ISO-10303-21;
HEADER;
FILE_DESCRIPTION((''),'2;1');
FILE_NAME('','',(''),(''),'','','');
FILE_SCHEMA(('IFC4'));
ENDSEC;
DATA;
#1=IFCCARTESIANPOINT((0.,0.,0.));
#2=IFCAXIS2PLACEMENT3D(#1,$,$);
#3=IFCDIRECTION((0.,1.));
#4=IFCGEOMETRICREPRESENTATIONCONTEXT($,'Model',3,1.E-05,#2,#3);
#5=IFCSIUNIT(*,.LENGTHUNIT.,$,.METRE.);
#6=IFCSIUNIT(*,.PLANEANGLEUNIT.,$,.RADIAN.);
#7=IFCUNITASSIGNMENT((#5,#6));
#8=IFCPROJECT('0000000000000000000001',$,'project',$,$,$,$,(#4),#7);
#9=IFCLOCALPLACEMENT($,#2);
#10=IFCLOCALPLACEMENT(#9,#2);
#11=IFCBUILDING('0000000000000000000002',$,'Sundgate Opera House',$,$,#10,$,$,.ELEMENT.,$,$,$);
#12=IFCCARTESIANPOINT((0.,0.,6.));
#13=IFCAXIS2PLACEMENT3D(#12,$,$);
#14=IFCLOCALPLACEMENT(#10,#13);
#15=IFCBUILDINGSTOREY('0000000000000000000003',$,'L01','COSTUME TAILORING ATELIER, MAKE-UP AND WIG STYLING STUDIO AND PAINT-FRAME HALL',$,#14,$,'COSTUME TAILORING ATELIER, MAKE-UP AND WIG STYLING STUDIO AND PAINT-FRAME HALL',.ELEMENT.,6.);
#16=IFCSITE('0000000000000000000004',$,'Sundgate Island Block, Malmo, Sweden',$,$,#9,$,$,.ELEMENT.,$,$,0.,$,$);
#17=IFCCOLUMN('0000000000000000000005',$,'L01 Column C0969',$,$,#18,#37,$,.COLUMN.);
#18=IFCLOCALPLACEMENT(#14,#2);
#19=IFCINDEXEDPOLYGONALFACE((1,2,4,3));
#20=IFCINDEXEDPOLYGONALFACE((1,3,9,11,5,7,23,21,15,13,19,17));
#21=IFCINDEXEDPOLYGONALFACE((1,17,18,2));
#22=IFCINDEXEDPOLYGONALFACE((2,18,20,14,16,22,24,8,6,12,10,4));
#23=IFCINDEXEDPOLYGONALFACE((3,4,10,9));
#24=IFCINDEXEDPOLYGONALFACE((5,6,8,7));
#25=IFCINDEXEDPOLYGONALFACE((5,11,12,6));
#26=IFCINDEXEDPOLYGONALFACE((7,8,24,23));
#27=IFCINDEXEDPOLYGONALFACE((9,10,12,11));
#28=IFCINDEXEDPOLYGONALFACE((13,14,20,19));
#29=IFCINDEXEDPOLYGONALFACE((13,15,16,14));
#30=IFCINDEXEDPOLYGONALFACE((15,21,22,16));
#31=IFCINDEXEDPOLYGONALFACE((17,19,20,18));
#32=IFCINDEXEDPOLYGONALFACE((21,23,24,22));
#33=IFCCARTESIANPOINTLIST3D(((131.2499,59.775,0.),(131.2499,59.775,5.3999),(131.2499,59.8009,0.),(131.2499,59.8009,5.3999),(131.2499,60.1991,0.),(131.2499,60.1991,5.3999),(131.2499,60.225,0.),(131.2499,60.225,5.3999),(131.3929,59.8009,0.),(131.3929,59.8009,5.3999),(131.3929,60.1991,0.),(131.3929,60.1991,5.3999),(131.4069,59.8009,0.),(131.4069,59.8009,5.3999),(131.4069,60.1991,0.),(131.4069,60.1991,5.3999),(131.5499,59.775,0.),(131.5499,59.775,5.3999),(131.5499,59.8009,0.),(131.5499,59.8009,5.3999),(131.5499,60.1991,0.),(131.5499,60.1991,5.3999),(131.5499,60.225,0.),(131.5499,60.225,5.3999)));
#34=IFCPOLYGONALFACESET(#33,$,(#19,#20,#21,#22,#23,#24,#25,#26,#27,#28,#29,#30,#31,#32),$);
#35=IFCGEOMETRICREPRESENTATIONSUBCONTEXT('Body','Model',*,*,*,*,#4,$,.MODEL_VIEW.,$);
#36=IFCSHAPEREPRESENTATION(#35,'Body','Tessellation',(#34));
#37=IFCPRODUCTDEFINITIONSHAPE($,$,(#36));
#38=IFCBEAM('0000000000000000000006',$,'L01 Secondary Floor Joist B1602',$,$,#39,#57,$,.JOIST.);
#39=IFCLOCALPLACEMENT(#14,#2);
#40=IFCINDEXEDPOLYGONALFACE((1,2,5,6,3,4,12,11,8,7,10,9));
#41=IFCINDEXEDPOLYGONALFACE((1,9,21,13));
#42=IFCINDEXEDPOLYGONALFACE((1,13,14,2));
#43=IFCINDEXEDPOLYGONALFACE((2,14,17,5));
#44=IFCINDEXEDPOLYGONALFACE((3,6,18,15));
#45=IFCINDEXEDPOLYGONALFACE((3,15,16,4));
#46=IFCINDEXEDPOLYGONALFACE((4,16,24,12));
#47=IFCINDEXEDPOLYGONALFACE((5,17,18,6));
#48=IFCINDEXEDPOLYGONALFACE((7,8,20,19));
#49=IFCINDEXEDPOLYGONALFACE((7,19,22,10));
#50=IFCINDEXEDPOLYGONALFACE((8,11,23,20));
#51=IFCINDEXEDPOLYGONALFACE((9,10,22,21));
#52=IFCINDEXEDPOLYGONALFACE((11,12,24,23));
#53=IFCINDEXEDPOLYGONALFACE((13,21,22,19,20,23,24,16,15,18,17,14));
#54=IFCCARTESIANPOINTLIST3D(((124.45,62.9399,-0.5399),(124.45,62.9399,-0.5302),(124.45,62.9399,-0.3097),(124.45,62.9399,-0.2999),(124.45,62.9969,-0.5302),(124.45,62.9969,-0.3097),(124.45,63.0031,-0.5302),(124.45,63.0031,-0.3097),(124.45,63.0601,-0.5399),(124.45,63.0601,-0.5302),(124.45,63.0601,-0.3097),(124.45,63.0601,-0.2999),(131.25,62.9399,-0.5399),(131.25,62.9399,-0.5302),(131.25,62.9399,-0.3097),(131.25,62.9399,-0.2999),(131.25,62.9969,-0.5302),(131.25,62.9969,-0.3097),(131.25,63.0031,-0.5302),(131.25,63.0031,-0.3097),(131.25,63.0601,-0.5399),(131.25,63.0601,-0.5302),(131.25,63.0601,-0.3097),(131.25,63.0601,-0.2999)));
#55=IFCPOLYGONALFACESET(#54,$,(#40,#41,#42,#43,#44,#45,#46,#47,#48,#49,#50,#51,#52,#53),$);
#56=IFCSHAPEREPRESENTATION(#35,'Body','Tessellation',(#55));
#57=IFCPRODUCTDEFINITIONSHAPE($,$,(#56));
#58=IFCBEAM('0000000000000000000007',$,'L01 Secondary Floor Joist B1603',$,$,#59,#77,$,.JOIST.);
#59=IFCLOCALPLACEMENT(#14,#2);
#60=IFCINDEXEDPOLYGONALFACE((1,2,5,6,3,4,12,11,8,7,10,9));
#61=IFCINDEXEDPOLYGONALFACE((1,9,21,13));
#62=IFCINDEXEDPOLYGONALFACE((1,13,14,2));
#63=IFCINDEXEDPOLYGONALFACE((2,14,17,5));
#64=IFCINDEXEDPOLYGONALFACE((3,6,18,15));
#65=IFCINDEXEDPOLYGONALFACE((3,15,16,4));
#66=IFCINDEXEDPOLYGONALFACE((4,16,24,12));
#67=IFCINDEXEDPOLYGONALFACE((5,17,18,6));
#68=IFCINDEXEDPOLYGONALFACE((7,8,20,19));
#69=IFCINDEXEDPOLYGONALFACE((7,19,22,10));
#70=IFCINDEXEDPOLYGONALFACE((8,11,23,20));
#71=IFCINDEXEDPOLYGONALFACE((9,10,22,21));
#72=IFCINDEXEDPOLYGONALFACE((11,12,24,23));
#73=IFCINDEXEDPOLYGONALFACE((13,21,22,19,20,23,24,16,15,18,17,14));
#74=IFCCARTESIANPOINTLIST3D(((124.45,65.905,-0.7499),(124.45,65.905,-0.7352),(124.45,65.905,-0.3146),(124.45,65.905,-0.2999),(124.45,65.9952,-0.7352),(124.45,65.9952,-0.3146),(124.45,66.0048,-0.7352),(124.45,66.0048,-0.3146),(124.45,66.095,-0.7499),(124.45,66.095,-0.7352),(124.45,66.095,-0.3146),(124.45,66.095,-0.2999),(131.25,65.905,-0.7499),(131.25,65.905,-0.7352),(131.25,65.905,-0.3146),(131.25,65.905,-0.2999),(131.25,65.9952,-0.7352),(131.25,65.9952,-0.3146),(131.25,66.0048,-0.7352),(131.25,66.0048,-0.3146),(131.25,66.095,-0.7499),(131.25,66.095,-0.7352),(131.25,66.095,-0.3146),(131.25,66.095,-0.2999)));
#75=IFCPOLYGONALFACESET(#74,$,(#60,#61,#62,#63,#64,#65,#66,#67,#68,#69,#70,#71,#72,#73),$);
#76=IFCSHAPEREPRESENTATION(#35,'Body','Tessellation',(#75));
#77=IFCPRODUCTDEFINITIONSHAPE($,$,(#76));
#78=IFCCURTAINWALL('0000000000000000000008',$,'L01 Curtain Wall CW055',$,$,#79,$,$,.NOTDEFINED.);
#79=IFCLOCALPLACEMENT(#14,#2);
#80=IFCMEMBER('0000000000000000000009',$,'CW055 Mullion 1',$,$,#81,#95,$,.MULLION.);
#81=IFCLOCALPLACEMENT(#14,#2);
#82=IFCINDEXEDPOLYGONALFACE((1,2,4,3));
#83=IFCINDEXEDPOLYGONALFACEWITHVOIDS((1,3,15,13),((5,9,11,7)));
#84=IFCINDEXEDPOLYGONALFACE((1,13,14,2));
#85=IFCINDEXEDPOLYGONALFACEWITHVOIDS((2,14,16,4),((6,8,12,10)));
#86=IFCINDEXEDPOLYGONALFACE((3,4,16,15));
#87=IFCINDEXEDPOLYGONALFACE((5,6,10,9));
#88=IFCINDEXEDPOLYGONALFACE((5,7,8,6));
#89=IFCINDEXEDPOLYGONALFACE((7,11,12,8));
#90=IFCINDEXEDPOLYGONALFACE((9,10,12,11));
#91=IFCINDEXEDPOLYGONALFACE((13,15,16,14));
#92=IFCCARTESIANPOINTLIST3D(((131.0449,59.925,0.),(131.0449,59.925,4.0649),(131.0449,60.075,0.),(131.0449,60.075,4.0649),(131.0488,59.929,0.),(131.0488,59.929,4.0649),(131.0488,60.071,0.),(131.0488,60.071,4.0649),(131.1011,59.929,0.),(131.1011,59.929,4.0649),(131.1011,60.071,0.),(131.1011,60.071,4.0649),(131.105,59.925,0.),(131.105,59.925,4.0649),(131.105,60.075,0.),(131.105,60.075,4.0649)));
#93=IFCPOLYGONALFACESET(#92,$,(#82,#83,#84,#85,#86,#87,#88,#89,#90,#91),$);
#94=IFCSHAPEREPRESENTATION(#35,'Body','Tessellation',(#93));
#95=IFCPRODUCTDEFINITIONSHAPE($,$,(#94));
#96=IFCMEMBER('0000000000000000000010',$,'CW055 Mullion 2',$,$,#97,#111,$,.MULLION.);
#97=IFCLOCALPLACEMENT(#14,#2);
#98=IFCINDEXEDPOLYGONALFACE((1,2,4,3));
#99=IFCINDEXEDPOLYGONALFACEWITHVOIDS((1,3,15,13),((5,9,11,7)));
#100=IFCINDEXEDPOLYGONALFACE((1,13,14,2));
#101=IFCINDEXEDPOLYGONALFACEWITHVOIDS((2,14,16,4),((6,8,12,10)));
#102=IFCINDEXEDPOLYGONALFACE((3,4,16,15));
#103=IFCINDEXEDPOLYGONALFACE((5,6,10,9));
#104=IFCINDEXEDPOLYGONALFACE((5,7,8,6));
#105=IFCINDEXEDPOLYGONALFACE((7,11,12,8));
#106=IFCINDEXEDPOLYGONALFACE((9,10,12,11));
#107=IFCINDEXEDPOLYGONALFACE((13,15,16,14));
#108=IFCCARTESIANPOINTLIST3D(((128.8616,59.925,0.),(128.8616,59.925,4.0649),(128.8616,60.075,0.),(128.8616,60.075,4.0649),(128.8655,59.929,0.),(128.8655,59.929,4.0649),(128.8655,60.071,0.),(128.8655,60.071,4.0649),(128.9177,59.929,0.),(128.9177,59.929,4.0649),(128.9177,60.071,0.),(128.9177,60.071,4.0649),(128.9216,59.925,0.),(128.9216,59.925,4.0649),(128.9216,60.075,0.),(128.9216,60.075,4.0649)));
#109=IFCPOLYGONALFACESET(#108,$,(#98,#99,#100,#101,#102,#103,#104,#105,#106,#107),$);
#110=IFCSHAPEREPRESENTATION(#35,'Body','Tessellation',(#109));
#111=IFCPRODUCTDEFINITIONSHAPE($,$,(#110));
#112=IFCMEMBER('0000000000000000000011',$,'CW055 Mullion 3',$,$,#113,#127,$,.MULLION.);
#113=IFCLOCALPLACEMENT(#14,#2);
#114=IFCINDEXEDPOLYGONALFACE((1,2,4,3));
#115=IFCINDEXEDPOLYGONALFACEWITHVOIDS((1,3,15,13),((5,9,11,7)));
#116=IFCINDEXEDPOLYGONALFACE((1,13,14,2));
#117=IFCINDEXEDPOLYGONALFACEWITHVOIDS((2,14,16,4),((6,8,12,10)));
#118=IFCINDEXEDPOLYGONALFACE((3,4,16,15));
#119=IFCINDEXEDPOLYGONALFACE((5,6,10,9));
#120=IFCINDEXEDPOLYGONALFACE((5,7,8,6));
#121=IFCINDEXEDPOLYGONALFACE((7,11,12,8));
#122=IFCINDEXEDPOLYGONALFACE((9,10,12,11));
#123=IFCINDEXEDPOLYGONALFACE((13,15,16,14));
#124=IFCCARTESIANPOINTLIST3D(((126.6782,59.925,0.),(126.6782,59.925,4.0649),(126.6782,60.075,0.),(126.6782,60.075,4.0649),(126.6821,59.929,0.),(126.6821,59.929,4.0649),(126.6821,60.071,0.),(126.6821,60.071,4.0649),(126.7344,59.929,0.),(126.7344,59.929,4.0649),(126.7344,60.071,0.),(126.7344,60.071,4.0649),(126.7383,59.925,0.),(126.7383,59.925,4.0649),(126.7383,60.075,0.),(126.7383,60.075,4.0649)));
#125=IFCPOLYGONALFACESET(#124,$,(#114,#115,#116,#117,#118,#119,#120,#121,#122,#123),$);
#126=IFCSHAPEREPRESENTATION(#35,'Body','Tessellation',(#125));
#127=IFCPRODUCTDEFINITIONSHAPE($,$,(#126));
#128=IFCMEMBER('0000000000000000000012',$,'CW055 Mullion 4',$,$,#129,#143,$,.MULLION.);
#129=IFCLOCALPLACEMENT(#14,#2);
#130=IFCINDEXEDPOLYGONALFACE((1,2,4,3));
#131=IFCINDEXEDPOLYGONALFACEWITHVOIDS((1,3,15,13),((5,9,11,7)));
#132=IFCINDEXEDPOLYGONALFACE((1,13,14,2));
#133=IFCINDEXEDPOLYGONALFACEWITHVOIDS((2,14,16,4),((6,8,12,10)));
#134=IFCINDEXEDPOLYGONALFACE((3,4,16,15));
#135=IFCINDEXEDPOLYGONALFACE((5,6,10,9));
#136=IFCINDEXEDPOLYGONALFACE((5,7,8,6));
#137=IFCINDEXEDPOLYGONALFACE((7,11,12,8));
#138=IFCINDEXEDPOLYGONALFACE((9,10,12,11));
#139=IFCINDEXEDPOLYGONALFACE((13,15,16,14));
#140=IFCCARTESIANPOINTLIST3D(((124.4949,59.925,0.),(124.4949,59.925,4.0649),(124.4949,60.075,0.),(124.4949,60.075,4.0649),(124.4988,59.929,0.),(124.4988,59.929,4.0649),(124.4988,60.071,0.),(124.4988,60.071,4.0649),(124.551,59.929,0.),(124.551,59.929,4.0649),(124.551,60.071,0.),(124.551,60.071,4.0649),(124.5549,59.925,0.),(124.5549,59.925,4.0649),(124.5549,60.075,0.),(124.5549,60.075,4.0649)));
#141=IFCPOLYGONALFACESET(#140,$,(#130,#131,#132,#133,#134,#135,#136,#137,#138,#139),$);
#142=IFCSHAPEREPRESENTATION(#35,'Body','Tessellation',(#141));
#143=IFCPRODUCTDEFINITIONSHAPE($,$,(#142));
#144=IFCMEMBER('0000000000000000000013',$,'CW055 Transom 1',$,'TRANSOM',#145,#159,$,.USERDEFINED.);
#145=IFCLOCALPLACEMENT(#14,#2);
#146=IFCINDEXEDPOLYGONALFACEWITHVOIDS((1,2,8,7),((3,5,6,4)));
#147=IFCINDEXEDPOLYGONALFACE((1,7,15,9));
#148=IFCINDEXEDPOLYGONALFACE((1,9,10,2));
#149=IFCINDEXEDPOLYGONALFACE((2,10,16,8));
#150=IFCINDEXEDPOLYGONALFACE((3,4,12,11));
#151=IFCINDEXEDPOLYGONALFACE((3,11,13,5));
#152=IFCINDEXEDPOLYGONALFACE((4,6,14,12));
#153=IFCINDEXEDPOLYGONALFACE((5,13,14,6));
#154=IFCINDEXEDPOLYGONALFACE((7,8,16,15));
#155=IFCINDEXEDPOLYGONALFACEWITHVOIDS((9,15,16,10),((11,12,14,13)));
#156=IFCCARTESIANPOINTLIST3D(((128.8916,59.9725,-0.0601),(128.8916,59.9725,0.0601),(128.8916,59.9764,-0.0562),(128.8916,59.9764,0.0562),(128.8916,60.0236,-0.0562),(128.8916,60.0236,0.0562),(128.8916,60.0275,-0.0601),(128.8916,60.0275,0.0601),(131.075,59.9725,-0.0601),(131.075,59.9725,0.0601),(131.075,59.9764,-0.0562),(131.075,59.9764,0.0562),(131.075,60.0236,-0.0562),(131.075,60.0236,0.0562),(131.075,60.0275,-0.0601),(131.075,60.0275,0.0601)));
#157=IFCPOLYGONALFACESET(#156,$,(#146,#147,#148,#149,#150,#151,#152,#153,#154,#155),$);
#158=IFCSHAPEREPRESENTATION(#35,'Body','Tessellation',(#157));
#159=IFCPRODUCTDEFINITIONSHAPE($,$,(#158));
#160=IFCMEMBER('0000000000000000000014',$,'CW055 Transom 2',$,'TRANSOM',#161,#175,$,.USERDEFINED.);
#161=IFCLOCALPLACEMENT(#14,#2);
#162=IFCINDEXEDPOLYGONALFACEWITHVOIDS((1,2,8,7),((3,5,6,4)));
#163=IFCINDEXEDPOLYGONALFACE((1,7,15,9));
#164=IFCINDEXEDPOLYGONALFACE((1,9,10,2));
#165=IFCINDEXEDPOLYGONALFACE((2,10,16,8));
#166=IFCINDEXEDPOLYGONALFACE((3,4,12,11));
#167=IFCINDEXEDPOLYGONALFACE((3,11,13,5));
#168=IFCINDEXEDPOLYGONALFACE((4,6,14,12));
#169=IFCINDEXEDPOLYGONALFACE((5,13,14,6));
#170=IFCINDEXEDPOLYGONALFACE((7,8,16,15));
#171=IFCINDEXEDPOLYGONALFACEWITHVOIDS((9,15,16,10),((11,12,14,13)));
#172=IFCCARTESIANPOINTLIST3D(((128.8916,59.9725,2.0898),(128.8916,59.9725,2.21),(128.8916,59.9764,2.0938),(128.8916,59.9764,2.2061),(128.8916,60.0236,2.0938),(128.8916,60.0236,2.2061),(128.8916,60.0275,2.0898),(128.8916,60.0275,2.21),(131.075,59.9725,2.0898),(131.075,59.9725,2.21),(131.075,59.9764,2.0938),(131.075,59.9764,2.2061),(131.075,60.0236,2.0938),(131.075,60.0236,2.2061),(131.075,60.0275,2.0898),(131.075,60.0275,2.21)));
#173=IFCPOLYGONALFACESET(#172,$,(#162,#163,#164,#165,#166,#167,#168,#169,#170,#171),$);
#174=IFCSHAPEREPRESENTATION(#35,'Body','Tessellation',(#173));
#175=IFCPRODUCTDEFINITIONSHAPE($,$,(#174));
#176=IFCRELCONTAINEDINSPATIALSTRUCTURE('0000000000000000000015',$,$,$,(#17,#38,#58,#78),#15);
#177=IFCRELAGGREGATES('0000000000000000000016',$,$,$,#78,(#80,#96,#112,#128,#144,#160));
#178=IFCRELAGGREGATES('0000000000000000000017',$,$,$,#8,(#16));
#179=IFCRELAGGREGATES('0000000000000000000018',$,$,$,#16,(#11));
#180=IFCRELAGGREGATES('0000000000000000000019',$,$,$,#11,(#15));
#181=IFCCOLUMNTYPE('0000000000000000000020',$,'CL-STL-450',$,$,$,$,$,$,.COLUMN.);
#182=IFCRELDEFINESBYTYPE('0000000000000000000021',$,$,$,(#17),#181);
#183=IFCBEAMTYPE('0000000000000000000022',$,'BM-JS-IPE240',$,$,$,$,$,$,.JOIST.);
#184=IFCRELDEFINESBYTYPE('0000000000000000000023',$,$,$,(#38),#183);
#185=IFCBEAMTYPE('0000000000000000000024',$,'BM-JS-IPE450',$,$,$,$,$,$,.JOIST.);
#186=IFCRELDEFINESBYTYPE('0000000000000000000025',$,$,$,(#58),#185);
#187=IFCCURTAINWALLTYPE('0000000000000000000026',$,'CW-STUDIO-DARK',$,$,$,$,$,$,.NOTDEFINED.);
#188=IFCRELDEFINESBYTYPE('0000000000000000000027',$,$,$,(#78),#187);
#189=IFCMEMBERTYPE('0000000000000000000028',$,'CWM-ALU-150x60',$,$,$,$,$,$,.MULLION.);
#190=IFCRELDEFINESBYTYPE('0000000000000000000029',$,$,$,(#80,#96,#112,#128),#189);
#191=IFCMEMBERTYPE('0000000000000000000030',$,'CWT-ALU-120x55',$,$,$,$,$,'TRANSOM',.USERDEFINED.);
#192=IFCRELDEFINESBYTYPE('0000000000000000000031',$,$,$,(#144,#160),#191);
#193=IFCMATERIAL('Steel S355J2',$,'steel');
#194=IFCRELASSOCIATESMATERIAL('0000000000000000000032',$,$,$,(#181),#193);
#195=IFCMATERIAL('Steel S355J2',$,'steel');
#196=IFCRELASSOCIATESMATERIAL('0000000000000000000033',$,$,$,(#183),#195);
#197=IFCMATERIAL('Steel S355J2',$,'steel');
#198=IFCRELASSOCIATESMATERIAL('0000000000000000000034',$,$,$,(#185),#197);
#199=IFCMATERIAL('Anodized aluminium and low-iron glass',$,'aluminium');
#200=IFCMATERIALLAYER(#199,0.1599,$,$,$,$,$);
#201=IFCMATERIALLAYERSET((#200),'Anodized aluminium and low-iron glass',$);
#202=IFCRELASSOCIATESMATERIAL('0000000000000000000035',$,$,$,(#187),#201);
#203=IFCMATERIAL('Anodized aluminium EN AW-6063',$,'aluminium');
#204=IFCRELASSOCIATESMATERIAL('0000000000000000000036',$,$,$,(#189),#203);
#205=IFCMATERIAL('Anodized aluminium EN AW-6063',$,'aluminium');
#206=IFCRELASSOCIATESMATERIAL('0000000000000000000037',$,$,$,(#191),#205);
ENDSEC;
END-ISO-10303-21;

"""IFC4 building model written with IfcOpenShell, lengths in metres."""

from ifc_helpers import new_model, si_unit, direction, frame, origin, origin_2d, place, context, subcontext, project, spatial, hollow_rectangle, i_section, extrude, material, layer, layer_set, material_profile, profile_set, type_object, element, aggregate, save


model = new_model("IFC4")

# Units and contexts
model_context = context("Model", 3, precision=1e-05, world=origin(), true_north=direction((0.0, 1.0)))
body_context = subcontext(model_context, "Body", "Model", "MODEL_VIEW")
ifc_project = project(units=[si_unit("LENGTHUNIT", "METRE"), si_unit("PLANEANGLEUNIT", "RADIAN")], contexts=[model_context])

# Site, building, storey
site_placement = place(None, origin())
site = spatial("IfcSite", under=ifc_project, at=site_placement, Name="Sundgate Island Block, Malmo, Sweden", CompositionType="ELEMENT", RefElevation=0.0)
building_placement = place(site_placement, origin())
building = spatial("IfcBuilding", under=site, at=building_placement, Name="Sundgate Opera House", CompositionType="ELEMENT")
storey_placement = place(building_placement, frame((0.0, 0.0, 6.0)))
storey = spatial("IfcBuildingStorey", under=building, at=storey_placement, Name="L01", Description="COSTUME TAILORING ATELIER, MAKE-UP AND WIG STYLING STUDIO AND PAINT-FRAME HALL", LongName="COSTUME TAILORING ATELIER, MAKE-UP AND WIG STYLING STUDIO AND PAINT-FRAME HALL", CompositionType="ELEMENT", Elevation=6.0)

# Column
ifc_material_1 = material(Name="Steel S355J2", Category="steel")
ifc_material_profile_1 = material_profile(ifc_material_1, i_section(OverallWidth=0.3, OverallDepth=0.45, WebThickness=0.0139, FlangeThickness=0.0259, at=origin_2d()), Name="HEB 450")
ifc_profile_set_1 = profile_set([ifc_material_profile_1], Name="Steel S355J2")
column_type = type_object("IfcColumnType", Name="CL-STL-450", PredefinedType="COLUMN", material=ifc_profile_set_1)
column_placement = place(storey_placement, frame((131.3999, 60.0, 0.0), z_axis=(0.0, 0.0, 1.0), x_axis=(1.0, 0.0, 0.0)))
element("IfcColumn", 1, at=column_placement, inside=storey, type_object=column_type, Name="L01 Column C0969", PredefinedType="COLUMN", context=body_context, shape_type="SweptSolid", body=[
    extrude(i_section(OverallWidth=0.3, OverallDepth=0.45, WebThickness=0.0139, FlangeThickness=0.0259, at=origin_2d()), origin(), (0.0, 0.0, 1.0), 5.3999),
])

# Beams
ifc_material_2 = material(Name="Steel S355J2", Category="steel")
ifc_material_profile_2 = material_profile(ifc_material_2, i_section(OverallWidth=0.1201, OverallDepth=0.24, WebThickness=0.0061, FlangeThickness=0.0098, at=origin_2d()), Name="IPE 240")
ifc_profile_set_2 = profile_set([ifc_material_profile_2], Name="Steel S355J2")
beam_type_1 = type_object("IfcBeamType", Name="BM-JS-IPE240", PredefinedType="JOIST", material=ifc_profile_set_2)
beam_1_placement = place(storey_placement, frame((124.45, 63.0, -0.4199), z_axis=(1.0, 0.0, 0.0), x_axis=(0.0, 1.0, 0.0)))
element("IfcBeam", 2, at=beam_1_placement, inside=storey, type_object=beam_type_1, Name="L01 Secondary Floor Joist B1602", PredefinedType="JOIST", context=body_context, shape_type="SweptSolid", body=[
    extrude(i_section(OverallWidth=0.1201, OverallDepth=0.24, WebThickness=0.0061, FlangeThickness=0.0098, at=origin_2d()), origin(), (0.0, 0.0, 1.0), 6.8),
])
ifc_material_3 = material(Name="Steel S355J2", Category="steel")
ifc_material_profile_3 = material_profile(ifc_material_3, i_section(OverallWidth=0.1899, OverallDepth=0.45, WebThickness=0.0095, FlangeThickness=0.0146, at=origin_2d()), Name="IPE 450")
ifc_profile_set_3 = profile_set([ifc_material_profile_3], Name="Steel S355J2")
beam_type_2 = type_object("IfcBeamType", Name="BM-JS-IPE450", PredefinedType="JOIST", material=ifc_profile_set_3)
beam_2_placement = place(storey_placement, frame((124.45, 66.0, -0.5249), z_axis=(1.0, 0.0, 0.0), x_axis=(0.0, 1.0, 0.0)))
element("IfcBeam", 3, at=beam_2_placement, inside=storey, type_object=beam_type_2, Name="L01 Secondary Floor Joist B1603", PredefinedType="JOIST", context=body_context, shape_type="SweptSolid", body=[
    extrude(i_section(OverallWidth=0.1899, OverallDepth=0.45, WebThickness=0.0095, FlangeThickness=0.0146, at=origin_2d()), origin(), (0.0, 0.0, 1.0), 6.8),
])

# Curtain wall, members
ifc_material_4 = material(Name="Anodized aluminium and low-iron glass", Category="aluminium")
ifc_layer_1 = layer(ifc_material_4, 0.1599)
ifc_layer_set_1 = layer_set([ifc_layer_1], Name="Anodized aluminium and low-iron glass")
curtain_wall_type = type_object("IfcCurtainWallType", Name="CW-STUDIO-DARK", PredefinedType="NOTDEFINED", material=ifc_layer_set_1)
curtain_wall_placement = place(storey_placement, origin())
curtain_wall = element("IfcCurtainWall", 4, at=curtain_wall_placement, inside=storey, type_object=curtain_wall_type, Name="L01 Curtain Wall CW055", PredefinedType="NOTDEFINED")
ifc_material_5 = material(Name="Anodized aluminium EN AW-6063", Category="aluminium")
ifc_material_profile_4 = material_profile(ifc_material_5, hollow_rectangle(XDim=0.0601, YDim=0.1499, WallThickness=0.0039, at=origin_2d()), Name="CWM 150x60x4")
ifc_profile_set_4 = profile_set([ifc_material_profile_4], Name="Anodized aluminium EN AW-6063")
member_type_1 = type_object("IfcMemberType", Name="CWM-ALU-150x60", PredefinedType="MULLION", material=ifc_profile_set_4)
member_1_placement = place(storey_placement, frame((131.075, 60.0, 0.0), z_axis=(0.0, 0.0, 1.0), x_axis=(1.0, 0.0, 0.0)))
member_1 = element("IfcMember", 5, at=member_1_placement, type_object=member_type_1, Name="CW055 Mullion 1", PredefinedType="MULLION", context=body_context, shape_type="SweptSolid", body=[
    extrude(hollow_rectangle(XDim=0.0601, YDim=0.1499, WallThickness=0.0039, at=origin_2d()), origin(), (0.0, 0.0, 1.0), 4.0649),
])
member_2_placement = place(storey_placement, frame((128.8916, 60.0, 0.0), z_axis=(0.0, 0.0, 1.0), x_axis=(1.0, 0.0, 0.0)))
member_2 = element("IfcMember", 6, at=member_2_placement, type_object=member_type_1, Name="CW055 Mullion 2", PredefinedType="MULLION", context=body_context, shape_type="SweptSolid", body=[
    extrude(hollow_rectangle(XDim=0.0601, YDim=0.1499, WallThickness=0.0039, at=origin_2d()), origin(), (0.0, 0.0, 1.0), 4.0649),
])
member_3_placement = place(storey_placement, frame((126.7083, 60.0, 0.0), z_axis=(0.0, 0.0, 1.0), x_axis=(1.0, 0.0, 0.0)))
member_3 = element("IfcMember", 7, at=member_3_placement, type_object=member_type_1, Name="CW055 Mullion 3", PredefinedType="MULLION", context=body_context, shape_type="SweptSolid", body=[
    extrude(hollow_rectangle(XDim=0.0601, YDim=0.1499, WallThickness=0.0039, at=origin_2d()), origin(), (0.0, 0.0, 1.0), 4.0649),
])
member_4_placement = place(storey_placement, frame((124.5249, 60.0, 0.0), z_axis=(0.0, 0.0, 1.0), x_axis=(1.0, 0.0, 0.0)))
member_4 = element("IfcMember", 8, at=member_4_placement, type_object=member_type_1, Name="CW055 Mullion 4", PredefinedType="MULLION", context=body_context, shape_type="SweptSolid", body=[
    extrude(hollow_rectangle(XDim=0.0601, YDim=0.1499, WallThickness=0.0039, at=origin_2d()), origin(), (0.0, 0.0, 1.0), 4.0649),
])
ifc_material_6 = material(Name="Anodized aluminium EN AW-6063", Category="aluminium")
ifc_material_profile_5 = material_profile(ifc_material_6, hollow_rectangle(XDim=0.0549, YDim=0.1201, WallThickness=0.0039, at=origin_2d()), Name="CWT 120x55x4")
ifc_profile_set_5 = profile_set([ifc_material_profile_5], Name="Anodized aluminium EN AW-6063")
member_type_2 = type_object("IfcMemberType", Name="CWT-ALU-120x55", ElementType="TRANSOM", PredefinedType="USERDEFINED", material=ifc_profile_set_5)
member_5_placement = place(storey_placement, frame((131.075, 60.0, 0.0), z_axis=(-1.0, 0.0, 0.0), x_axis=(0.0, -1.0, 0.0)))
member_5 = element("IfcMember", 9, at=member_5_placement, type_object=member_type_2, Name="CW055 Transom 1", ObjectType="TRANSOM", PredefinedType="USERDEFINED", context=body_context, shape_type="SweptSolid", body=[
    extrude(hollow_rectangle(XDim=0.0549, YDim=0.1201, WallThickness=0.0039, at=origin_2d()), origin(), (0.0, 0.0, 1.0), 2.1833),
])
member_6_placement = place(storey_placement, frame((131.075, 60.0, 2.1499), z_axis=(-1.0, 0.0, 0.0), x_axis=(0.0, -1.0, 0.0)))
member_6 = element("IfcMember", 10, at=member_6_placement, type_object=member_type_2, Name="CW055 Transom 2", ObjectType="TRANSOM", PredefinedType="USERDEFINED", context=body_context, shape_type="SweptSolid", body=[
    extrude(hollow_rectangle(XDim=0.0549, YDim=0.1201, WallThickness=0.0039, at=origin_2d()), origin(), (0.0, 0.0, 1.0), 2.1833),
])
aggregate(curtain_wall, [member_1, member_2, member_3, member_4, member_5, member_6])

save(model, "model.ifc")
